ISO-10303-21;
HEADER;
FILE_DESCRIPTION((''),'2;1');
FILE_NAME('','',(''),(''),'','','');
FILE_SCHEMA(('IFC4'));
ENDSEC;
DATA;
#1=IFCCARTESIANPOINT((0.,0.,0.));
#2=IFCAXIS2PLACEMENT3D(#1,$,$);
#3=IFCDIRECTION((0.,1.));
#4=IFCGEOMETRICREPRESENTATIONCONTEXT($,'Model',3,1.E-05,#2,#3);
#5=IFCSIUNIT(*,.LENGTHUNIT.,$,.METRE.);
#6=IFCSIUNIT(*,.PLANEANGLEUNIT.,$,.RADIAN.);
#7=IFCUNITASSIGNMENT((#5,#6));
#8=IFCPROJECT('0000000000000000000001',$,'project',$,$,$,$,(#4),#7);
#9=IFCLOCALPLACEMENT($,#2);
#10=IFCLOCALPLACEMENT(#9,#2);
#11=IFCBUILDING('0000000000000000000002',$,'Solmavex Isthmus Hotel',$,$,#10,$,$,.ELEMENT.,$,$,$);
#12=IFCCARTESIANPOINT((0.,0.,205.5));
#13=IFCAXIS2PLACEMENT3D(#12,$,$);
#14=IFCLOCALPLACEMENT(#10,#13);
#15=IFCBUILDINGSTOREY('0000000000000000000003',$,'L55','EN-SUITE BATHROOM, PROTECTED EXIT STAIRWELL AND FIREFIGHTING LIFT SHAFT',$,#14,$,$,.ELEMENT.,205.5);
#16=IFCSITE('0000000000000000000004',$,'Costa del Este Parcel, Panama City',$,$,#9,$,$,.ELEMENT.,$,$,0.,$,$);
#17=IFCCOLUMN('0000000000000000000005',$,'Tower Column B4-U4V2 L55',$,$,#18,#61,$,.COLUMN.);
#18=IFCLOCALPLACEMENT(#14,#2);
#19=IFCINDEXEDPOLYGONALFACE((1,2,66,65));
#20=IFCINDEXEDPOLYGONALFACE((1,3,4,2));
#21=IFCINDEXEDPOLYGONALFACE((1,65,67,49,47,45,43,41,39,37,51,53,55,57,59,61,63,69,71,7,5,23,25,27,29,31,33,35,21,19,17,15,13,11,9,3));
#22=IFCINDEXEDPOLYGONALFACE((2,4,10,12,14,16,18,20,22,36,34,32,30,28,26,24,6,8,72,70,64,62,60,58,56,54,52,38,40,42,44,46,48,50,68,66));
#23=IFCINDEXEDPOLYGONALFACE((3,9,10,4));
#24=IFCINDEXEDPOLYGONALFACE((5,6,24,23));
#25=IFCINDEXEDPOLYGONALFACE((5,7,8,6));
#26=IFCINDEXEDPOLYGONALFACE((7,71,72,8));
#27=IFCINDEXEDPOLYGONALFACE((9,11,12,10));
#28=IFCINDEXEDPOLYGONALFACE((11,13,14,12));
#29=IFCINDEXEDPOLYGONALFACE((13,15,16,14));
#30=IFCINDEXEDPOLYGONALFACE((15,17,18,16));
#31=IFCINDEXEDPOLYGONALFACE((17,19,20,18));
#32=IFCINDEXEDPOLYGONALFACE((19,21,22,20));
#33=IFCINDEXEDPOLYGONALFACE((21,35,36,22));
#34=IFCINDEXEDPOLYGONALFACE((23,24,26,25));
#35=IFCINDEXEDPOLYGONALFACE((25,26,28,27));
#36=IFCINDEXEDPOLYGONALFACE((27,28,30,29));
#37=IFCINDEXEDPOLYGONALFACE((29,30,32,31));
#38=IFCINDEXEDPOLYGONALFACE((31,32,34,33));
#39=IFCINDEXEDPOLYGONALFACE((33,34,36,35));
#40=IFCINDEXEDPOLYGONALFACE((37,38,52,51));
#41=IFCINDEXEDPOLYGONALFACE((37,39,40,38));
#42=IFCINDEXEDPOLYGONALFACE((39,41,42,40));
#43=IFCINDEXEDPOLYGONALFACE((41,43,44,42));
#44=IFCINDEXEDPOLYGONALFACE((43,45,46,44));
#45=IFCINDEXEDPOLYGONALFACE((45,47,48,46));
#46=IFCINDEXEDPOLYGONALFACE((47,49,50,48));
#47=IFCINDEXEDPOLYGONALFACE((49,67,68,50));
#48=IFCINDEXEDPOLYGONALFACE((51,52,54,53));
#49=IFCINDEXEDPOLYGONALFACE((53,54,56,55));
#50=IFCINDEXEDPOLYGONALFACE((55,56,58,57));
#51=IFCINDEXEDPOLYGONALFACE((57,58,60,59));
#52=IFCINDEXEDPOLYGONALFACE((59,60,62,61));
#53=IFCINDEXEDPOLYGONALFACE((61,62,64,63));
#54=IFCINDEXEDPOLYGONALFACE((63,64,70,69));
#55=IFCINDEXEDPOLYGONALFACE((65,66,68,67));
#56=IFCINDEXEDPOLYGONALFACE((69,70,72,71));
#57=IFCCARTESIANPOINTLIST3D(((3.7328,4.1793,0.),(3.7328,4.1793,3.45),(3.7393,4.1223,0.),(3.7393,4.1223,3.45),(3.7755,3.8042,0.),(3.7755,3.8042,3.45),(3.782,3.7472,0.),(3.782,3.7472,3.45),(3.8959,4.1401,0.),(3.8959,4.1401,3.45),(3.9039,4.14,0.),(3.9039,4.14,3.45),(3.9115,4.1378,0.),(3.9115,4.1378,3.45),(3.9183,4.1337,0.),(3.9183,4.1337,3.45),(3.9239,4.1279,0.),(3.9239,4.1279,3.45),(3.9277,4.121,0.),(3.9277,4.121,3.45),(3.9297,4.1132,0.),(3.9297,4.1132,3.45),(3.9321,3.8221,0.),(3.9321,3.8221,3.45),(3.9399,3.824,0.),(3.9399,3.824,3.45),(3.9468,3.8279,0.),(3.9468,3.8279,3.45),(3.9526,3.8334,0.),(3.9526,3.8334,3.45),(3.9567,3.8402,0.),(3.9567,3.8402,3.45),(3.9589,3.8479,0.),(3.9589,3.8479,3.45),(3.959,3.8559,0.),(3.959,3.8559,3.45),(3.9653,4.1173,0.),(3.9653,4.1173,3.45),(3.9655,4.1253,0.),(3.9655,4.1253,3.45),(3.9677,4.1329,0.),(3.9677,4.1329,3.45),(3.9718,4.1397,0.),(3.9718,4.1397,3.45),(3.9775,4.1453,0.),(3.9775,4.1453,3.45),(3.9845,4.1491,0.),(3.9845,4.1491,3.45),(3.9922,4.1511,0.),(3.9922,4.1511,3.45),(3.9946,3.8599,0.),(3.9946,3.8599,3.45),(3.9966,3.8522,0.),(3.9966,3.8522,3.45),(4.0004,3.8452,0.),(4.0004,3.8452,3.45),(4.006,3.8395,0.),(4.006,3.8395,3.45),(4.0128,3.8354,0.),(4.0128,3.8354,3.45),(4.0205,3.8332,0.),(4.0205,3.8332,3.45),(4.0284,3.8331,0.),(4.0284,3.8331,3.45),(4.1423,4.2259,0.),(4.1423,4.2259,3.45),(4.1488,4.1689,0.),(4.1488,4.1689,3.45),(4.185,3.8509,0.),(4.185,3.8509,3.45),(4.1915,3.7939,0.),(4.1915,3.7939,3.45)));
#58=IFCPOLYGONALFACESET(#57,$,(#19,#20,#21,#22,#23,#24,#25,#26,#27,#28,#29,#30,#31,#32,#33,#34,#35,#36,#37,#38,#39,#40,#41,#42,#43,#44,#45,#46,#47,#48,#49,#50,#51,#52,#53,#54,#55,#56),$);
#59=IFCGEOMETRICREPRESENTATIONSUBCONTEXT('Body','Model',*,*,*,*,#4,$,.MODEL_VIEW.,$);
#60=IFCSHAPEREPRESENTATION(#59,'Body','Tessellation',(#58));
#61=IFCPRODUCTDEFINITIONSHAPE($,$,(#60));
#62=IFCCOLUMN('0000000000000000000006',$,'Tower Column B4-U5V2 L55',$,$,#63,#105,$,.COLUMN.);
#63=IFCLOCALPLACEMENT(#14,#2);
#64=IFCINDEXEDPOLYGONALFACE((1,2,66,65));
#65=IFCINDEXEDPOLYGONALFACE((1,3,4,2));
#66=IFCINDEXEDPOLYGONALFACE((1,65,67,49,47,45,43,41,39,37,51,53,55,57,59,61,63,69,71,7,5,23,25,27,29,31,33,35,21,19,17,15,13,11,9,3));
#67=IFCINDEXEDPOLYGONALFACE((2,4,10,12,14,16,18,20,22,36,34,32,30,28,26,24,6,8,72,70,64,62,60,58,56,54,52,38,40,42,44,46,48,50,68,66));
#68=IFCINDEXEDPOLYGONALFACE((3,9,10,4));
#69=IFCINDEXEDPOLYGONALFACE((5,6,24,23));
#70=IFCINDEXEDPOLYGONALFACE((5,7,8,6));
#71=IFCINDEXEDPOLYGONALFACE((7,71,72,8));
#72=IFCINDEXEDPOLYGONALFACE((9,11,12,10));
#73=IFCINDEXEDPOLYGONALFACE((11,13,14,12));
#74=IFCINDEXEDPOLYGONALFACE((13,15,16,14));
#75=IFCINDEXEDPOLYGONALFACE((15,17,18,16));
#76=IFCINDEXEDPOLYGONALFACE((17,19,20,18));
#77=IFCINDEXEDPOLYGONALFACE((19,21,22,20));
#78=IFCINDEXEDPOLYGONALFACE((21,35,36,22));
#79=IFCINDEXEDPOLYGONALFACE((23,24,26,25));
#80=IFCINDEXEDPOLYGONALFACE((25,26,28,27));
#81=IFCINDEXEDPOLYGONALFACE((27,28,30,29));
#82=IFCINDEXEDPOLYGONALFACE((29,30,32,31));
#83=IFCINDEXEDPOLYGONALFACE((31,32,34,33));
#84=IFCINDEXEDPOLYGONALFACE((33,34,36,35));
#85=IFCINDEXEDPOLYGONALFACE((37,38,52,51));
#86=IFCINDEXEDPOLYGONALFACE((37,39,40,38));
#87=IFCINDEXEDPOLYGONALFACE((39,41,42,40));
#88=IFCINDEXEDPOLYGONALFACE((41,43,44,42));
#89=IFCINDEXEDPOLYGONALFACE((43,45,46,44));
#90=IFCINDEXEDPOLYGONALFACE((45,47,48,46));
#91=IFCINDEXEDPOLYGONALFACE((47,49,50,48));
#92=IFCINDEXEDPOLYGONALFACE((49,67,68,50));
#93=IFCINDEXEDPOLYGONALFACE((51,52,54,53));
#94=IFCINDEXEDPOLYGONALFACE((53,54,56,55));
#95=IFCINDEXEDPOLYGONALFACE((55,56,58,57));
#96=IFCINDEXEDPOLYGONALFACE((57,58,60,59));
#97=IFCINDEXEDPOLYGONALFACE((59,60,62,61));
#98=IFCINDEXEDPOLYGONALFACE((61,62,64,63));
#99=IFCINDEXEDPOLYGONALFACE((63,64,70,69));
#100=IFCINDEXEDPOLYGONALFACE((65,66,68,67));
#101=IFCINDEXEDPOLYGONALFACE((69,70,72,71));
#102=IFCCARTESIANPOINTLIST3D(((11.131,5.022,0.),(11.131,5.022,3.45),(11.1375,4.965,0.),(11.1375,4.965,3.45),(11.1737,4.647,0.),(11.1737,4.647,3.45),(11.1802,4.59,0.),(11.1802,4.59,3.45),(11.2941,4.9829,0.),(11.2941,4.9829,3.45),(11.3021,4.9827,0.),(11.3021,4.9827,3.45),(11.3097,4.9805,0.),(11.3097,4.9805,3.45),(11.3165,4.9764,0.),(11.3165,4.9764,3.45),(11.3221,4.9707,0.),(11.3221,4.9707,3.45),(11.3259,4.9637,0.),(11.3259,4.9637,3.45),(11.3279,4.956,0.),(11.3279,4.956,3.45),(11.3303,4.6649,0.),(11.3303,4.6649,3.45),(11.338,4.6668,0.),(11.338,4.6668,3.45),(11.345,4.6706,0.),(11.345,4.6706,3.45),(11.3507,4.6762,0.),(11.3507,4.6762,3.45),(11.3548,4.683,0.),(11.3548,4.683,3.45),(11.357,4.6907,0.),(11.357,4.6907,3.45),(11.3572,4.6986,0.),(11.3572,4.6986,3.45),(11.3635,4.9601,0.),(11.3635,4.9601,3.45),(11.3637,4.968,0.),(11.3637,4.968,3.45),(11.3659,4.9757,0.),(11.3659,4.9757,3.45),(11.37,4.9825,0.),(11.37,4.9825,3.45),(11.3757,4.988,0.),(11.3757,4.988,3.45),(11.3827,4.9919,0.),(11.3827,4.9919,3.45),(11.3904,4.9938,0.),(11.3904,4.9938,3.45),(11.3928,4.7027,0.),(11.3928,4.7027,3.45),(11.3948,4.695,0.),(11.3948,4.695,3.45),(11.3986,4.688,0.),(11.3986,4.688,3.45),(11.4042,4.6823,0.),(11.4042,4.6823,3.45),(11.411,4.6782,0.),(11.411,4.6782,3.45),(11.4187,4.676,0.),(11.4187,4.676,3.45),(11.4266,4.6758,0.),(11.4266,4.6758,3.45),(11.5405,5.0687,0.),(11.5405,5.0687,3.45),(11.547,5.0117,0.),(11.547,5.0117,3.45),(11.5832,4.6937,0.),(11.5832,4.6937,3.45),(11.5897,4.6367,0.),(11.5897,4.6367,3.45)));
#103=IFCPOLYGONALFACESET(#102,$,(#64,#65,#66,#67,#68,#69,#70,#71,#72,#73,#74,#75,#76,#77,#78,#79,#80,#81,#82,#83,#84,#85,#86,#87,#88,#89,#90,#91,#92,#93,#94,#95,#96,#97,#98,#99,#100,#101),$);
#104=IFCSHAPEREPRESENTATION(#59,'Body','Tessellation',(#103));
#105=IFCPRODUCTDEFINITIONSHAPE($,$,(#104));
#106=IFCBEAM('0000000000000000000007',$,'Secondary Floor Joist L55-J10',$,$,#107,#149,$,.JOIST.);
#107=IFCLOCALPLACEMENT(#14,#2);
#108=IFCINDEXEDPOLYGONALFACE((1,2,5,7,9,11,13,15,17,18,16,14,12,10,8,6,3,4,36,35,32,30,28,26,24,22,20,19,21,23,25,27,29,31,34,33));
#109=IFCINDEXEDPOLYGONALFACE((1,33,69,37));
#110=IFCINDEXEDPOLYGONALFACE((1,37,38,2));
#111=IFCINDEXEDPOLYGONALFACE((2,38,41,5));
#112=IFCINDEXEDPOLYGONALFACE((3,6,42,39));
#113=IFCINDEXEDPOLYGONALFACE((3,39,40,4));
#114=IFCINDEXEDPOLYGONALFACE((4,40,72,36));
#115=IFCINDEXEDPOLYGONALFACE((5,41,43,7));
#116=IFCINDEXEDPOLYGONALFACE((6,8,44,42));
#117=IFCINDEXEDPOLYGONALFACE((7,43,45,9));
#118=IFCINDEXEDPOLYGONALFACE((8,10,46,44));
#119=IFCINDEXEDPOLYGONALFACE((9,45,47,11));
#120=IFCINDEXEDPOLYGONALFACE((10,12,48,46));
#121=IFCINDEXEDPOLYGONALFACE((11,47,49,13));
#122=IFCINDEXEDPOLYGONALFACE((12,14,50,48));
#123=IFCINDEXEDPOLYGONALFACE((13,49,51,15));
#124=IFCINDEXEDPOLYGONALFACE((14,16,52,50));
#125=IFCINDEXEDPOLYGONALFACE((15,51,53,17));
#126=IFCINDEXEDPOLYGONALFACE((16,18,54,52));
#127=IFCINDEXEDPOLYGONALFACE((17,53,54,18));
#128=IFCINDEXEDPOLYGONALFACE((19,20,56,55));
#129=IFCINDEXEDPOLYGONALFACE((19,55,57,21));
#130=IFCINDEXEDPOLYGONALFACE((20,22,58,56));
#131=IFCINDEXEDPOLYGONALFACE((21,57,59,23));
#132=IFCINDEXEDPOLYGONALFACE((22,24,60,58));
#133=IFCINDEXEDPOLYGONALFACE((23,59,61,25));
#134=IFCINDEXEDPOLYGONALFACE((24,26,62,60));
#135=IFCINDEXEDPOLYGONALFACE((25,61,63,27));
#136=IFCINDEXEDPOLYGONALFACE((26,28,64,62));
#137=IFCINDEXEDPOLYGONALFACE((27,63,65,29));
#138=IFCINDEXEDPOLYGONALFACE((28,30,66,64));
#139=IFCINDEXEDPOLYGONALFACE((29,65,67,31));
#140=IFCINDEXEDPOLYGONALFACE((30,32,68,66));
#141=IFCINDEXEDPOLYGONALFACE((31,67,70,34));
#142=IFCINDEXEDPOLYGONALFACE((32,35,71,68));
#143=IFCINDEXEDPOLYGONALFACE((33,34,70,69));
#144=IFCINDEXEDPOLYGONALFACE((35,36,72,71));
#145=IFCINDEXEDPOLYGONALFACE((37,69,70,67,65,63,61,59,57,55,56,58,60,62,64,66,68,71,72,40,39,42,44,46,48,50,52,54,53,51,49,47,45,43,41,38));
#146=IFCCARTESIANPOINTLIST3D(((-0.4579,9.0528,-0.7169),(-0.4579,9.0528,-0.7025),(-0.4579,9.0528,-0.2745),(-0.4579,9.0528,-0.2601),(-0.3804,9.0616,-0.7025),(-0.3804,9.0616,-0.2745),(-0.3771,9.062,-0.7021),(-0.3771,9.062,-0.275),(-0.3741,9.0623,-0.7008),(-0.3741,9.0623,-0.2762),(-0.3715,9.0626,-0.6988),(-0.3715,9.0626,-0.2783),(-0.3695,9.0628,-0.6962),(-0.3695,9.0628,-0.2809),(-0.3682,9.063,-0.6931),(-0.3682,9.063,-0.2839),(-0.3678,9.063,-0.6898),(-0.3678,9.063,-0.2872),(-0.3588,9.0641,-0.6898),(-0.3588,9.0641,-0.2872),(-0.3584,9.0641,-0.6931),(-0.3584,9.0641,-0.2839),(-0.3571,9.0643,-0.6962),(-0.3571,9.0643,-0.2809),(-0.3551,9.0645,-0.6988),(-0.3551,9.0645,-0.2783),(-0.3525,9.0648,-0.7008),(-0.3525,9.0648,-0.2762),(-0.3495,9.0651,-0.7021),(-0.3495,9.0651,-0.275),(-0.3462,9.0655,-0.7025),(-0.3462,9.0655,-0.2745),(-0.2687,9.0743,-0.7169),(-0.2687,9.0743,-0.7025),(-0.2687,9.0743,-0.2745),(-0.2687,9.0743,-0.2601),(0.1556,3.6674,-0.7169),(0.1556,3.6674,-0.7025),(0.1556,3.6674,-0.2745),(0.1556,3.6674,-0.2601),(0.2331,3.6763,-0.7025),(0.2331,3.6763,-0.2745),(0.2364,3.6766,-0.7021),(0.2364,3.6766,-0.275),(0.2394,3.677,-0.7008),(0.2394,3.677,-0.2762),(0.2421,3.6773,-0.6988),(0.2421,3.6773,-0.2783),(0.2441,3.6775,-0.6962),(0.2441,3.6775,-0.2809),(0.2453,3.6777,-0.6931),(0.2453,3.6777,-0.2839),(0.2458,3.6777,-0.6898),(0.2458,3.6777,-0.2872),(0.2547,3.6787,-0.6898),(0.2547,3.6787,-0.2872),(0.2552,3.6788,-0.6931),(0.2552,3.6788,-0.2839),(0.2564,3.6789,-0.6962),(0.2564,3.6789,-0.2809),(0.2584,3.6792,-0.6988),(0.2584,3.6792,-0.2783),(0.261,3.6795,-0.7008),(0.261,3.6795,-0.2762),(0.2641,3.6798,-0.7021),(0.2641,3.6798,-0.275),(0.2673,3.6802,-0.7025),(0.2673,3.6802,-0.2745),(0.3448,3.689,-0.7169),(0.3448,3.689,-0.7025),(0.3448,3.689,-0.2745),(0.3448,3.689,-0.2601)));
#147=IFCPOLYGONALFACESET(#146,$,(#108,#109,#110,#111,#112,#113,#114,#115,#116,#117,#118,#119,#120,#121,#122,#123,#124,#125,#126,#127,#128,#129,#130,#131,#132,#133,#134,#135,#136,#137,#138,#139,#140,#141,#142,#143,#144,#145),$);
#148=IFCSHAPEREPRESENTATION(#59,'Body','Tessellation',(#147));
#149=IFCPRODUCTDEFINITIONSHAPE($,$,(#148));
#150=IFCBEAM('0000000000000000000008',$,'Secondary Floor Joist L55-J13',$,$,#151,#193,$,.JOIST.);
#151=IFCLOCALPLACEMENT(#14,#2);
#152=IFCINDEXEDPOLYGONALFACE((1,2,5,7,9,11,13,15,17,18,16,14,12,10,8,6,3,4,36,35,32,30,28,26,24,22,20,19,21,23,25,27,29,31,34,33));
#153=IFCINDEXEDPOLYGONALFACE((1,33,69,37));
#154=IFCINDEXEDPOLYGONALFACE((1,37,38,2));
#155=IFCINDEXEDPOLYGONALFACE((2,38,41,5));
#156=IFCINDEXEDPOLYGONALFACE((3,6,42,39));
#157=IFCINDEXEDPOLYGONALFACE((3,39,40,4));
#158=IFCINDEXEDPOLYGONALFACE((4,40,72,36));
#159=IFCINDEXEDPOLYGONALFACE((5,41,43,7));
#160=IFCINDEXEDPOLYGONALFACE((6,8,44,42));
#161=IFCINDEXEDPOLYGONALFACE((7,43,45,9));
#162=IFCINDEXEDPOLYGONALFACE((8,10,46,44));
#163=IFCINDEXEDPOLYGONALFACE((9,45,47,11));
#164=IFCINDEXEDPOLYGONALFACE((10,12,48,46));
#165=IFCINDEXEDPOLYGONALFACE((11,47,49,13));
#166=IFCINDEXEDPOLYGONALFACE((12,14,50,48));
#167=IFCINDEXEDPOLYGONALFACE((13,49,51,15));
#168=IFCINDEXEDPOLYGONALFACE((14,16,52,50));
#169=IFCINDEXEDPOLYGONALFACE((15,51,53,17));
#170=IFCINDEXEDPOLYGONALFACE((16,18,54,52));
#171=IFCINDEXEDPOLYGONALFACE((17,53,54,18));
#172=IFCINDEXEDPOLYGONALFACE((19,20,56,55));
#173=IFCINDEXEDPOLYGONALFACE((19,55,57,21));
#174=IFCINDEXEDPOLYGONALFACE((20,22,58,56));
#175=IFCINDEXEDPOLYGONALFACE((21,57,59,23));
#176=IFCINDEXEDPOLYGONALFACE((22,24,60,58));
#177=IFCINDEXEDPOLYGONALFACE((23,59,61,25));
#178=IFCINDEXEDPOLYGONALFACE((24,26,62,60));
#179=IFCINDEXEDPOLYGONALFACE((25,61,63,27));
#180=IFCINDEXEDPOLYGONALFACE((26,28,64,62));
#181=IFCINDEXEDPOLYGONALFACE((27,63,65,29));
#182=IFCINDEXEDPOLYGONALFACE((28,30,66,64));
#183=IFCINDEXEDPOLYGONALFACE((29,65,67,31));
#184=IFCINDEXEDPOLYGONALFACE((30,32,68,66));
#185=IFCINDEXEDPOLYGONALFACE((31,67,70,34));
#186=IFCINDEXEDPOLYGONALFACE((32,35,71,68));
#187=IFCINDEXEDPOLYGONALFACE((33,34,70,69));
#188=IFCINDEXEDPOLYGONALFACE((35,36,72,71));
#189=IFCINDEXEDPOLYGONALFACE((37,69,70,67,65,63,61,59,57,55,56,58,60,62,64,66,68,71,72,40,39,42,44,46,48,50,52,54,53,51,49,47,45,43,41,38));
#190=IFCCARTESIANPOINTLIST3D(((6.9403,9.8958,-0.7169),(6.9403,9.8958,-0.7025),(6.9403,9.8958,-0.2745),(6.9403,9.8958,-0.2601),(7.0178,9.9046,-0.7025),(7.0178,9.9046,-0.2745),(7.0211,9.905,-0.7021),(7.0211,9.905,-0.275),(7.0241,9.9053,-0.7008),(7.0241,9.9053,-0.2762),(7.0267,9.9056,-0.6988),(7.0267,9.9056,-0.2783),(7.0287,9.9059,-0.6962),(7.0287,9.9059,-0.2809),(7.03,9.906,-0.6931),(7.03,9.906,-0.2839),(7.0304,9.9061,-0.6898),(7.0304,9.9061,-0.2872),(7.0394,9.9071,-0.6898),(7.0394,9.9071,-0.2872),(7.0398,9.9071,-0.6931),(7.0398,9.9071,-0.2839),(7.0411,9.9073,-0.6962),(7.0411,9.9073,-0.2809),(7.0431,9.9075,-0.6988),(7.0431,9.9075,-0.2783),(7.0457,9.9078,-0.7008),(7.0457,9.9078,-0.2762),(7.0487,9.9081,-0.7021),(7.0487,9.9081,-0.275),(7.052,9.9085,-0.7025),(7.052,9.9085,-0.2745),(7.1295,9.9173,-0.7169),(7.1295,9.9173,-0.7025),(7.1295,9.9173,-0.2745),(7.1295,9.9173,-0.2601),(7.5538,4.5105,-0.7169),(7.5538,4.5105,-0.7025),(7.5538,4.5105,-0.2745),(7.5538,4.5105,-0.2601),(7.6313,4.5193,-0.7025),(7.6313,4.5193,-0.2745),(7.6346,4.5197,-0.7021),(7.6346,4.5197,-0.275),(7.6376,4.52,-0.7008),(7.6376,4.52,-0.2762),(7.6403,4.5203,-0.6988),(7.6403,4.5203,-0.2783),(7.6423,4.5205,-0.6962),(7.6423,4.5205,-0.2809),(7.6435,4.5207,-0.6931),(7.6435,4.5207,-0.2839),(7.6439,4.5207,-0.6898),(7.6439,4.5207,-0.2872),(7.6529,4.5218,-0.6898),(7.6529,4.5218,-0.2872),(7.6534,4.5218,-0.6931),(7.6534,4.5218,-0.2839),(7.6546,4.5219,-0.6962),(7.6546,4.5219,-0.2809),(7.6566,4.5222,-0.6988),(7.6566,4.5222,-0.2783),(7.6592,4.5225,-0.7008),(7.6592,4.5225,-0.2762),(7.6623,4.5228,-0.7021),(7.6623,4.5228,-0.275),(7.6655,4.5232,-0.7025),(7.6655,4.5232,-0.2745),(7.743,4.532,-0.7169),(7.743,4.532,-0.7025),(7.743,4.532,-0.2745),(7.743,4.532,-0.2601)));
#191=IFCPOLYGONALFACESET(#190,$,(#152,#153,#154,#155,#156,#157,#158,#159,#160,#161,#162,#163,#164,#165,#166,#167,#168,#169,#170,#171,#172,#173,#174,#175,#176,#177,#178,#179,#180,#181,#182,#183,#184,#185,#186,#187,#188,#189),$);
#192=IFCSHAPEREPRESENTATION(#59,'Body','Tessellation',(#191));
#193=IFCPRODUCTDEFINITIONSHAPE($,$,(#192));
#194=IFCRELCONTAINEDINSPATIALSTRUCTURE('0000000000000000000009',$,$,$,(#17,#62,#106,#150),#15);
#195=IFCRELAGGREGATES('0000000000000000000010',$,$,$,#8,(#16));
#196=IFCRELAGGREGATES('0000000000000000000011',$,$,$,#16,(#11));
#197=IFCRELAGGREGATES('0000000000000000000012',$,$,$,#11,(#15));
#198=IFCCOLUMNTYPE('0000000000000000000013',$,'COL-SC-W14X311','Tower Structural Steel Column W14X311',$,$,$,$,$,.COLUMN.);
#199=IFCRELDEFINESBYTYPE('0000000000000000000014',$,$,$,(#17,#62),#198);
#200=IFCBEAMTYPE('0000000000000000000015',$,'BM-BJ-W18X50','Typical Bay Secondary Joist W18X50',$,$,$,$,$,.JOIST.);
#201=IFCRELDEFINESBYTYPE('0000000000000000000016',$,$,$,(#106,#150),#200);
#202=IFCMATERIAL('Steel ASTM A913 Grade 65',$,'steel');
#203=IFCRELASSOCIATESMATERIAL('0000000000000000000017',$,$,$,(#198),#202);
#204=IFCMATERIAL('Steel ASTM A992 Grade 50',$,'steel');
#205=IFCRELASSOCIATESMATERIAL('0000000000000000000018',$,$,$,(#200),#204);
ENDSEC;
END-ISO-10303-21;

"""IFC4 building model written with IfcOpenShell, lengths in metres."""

from ifc_helpers import new_model, si_unit, direction, frame, origin, origin_2d, place, context, subcontext, project, spatial, i_section, extrude, material, material_profile, profile_set, type_object, element, save


model = new_model("IFC4")

# Units and contexts
model_context = context("Model", 3, precision=1e-05, world=origin(), true_north=direction((0.0, 1.0)))
body_context = subcontext(model_context, "Body", "Model", "MODEL_VIEW")
ifc_project = project(units=[si_unit("LENGTHUNIT", "METRE"), si_unit("PLANEANGLEUNIT", "RADIAN")], contexts=[model_context])

# Site, building, storey
site_placement = place(None, origin())
site = spatial("IfcSite", under=ifc_project, at=site_placement, Name="Costa del Este Parcel, Panama City", CompositionType="ELEMENT", RefElevation=0.0)
building_placement = place(site_placement, origin())
building = spatial("IfcBuilding", under=site, at=building_placement, Name="Solmavex Isthmus Hotel", CompositionType="ELEMENT")
storey_placement = place(building_placement, frame((0.0, 0.0, 205.5)))
storey = spatial("IfcBuildingStorey", under=building, at=storey_placement, Name="L55", Description="EN-SUITE BATHROOM, PROTECTED EXIT STAIRWELL AND FIREFIGHTING LIFT SHAFT", CompositionType="ELEMENT", Elevation=205.5)

# Columns
ifc_material_1 = material(Name="Steel ASTM A913 Grade 65", Category="steel")
ifc_material_profile_1 = material_profile(ifc_material_1, i_section(OverallWidth=0.4121, OverallDepth=0.4348, WebThickness=0.0359, FlangeThickness=0.0574, FilletRadius=0.0305, at=origin_2d()), Name="W14X311")
ifc_profile_set_1 = profile_set([ifc_material_profile_1], Name="Steel ASTM A913 Grade 65")
column_type = type_object("IfcColumnType", Name="COL-SC-W14X311", Description="Tower Structural Steel Column W14X311", PredefinedType="COLUMN", material=ifc_profile_set_1)
for number, where, z_axis, x_axis, name in (
    (1, (3.9622, 3.9866, 0.0), (0.0, 0.0, 1.0), (0.993572, 0.113203, 0.0), "Tower Column B4-U4V2 L55"),
    (2, (11.3604, 4.8293, 0.0), (0.0, 0.0, 1.0), (0.993572, 0.113203, 0.0), "Tower Column B4-U5V2 L55"),
):
    element("IfcColumn", number, at=place(storey_placement, frame(where, z_axis=z_axis, x_axis=x_axis)), inside=storey, type_object=column_type, Name=name, PredefinedType="COLUMN", context=body_context, shape_type="SweptSolid", body=[
        extrude(i_section(OverallWidth=0.4121, OverallDepth=0.4348, WebThickness=0.0359, FlangeThickness=0.0574, FilletRadius=0.0305, at=origin_2d()), origin(), (0.0, 0.0, 1.0), 3.45),
    ])

# Beams
ifc_material_2 = material(Name="Steel ASTM A992 Grade 50", Category="steel")
ifc_material_profile_2 = material_profile(ifc_material_2, i_section(OverallWidth=0.1904, OverallDepth=0.4568, WebThickness=0.009, FlangeThickness=0.0144, FilletRadius=0.0127, at=origin_2d()), Name="W18X50")
ifc_profile_set_2 = profile_set([ifc_material_profile_2], Name="Steel ASTM A992 Grade 50")
beam_type_1 = type_object("IfcBeamType", Name="BM-BJ-W18X50", Description="Typical Bay Secondary Joist W18X50", PredefinedType="JOIST", material=ifc_profile_set_2)
for number, where, z_axis, x_axis, name in (
    (3, (0.2502, 3.6782, -0.4885), (-0.113195, 0.993573, 0.0), (-0.993573, -0.113195, 0.0), "Secondary Floor Joist L55-J10"),
    (4, (7.6484, 4.5212, -0.4885), (-0.113195, 0.993573, 0.0), (-0.993573, -0.113195, 0.0), "Secondary Floor Joist L55-J13"),
):
    element("IfcBeam", number, at=place(storey_placement, frame(where, z_axis=z_axis, x_axis=x_axis)), inside=storey, type_object=beam_type_1, Name=name, PredefinedType="JOIST", context=body_context, shape_type="SweptSolid", body=[
        extrude(i_section(OverallWidth=0.1904, OverallDepth=0.4568, WebThickness=0.009, FlangeThickness=0.0144, FilletRadius=0.0127, at=origin_2d()), origin(), (0.0, 0.0, 1.0), 5.4202),
    ])

save(model, "model.ifc")
